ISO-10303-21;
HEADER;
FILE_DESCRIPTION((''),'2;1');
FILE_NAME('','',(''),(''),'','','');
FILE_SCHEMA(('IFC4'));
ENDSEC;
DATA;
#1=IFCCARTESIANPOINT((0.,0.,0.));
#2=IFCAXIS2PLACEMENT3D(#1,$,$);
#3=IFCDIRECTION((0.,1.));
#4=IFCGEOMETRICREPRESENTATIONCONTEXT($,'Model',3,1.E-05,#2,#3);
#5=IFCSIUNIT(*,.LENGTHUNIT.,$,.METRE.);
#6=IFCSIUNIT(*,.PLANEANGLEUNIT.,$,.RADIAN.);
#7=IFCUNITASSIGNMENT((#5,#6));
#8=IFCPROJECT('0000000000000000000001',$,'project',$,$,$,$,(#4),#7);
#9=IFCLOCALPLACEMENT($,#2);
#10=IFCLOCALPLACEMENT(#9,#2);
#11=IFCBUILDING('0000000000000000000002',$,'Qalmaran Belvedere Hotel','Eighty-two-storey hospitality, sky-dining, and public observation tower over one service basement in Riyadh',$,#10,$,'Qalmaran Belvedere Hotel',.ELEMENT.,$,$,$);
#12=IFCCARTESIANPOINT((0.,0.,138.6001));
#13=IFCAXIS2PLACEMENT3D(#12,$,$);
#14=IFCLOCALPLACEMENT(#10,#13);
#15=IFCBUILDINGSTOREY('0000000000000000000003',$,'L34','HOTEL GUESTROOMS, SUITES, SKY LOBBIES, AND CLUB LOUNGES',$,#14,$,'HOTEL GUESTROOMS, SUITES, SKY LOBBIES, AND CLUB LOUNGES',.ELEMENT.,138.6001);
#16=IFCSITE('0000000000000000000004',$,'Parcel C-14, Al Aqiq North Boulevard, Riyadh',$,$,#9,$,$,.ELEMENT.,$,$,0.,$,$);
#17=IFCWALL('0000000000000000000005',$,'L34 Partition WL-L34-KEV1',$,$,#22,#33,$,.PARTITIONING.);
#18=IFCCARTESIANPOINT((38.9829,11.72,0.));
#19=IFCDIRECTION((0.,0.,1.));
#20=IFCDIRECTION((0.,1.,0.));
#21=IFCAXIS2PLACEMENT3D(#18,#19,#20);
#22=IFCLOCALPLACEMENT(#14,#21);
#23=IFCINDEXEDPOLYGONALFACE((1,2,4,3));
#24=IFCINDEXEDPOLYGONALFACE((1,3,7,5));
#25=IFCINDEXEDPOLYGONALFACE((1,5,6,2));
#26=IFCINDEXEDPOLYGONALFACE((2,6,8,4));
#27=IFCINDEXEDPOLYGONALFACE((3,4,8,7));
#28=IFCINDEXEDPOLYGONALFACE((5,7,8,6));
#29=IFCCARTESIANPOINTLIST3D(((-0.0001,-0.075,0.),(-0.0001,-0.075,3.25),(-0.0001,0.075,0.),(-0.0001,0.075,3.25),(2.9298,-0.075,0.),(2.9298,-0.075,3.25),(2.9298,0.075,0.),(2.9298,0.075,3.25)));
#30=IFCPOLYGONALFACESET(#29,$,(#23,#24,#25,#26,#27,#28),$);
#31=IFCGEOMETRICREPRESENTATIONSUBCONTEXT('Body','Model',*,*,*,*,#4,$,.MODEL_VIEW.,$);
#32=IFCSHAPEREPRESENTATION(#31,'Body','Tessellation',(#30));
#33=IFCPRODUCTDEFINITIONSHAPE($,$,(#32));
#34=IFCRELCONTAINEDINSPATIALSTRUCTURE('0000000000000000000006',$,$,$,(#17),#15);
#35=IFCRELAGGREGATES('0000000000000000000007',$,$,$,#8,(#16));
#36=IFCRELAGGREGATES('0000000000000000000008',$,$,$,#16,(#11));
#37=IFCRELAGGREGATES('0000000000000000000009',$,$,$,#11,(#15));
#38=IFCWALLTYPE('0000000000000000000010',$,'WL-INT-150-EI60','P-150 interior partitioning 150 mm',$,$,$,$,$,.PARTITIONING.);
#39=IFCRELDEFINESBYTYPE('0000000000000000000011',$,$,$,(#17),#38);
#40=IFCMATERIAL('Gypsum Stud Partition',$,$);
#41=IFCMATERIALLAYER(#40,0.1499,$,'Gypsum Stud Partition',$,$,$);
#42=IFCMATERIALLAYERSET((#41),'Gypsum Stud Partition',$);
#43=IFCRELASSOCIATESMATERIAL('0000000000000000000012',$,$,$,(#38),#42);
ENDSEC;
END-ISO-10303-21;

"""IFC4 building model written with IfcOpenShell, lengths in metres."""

from ifc_helpers import new_model, si_unit, direction, frame, frame_2d, origin, place, context, subcontext, project, spatial, rectangle, extrude, material, layer, layer_set, type_object, element, save


model = new_model("IFC4")

# Units and contexts
model_context = context("Model", 3, precision=1e-05, world=origin(), true_north=direction((0.0, 1.0)))
body_context = subcontext(model_context, "Body", "Model", "MODEL_VIEW")
ifc_project = project(units=[si_unit("LENGTHUNIT", "METRE"), si_unit("PLANEANGLEUNIT", "RADIAN")], contexts=[model_context])

# Site, building, storey
site_placement = place(None, origin())
site = spatial("IfcSite", under=ifc_project, at=site_placement, Name="Parcel C-14, Al Aqiq North Boulevard, Riyadh", CompositionType="ELEMENT", RefElevation=0.0)
building_placement = place(site_placement, origin())
building = spatial("IfcBuilding", under=site, at=building_placement, Name="Qalmaran Belvedere Hotel", Description="Eighty-two-storey hospitality, sky-dining, and public observation tower over one service basement in Riyadh", LongName="Qalmaran Belvedere Hotel", CompositionType="ELEMENT")
storey_placement = place(building_placement, frame((0.0, 0.0, 138.6001)))
storey = spatial("IfcBuildingStorey", under=building, at=storey_placement, Name="L34", Description="HOTEL GUESTROOMS, SUITES, SKY LOBBIES, AND CLUB LOUNGES", LongName="HOTEL GUESTROOMS, SUITES, SKY LOBBIES, AND CLUB LOUNGES", CompositionType="ELEMENT", Elevation=138.6001)

# Wall
ifc_material_1 = material(Name="Gypsum Stud Partition")
ifc_layer_1 = layer(ifc_material_1, 0.1499, Name="Gypsum Stud Partition")
ifc_layer_set_1 = layer_set([ifc_layer_1], Name="Gypsum Stud Partition")
wall_type_1 = type_object("IfcWallType", Name="WL-INT-150-EI60", Description="P-150 interior partitioning 150 mm", PredefinedType="PARTITIONING", material=ifc_layer_set_1)
wall_1_placement = place(storey_placement, frame((38.9829, 11.72, 0.0), z_axis=(0.0, 0.0, 1.0), x_axis=(0.0, 1.0, 0.0)))
element("IfcWall", 1, at=wall_1_placement, inside=storey, type_object=wall_type_1, Name="L34 Partition WL-L34-KEV1", PredefinedType="PARTITIONING", context=body_context, shape_type="SweptSolid", body=[
    extrude(rectangle(XDim=2.9299, YDim=0.1499, at=frame_2d((1.4648, 0.0))), origin(), (0.0, 0.0, 1.0), 3.25),
])

save(model, "model.ifc")
